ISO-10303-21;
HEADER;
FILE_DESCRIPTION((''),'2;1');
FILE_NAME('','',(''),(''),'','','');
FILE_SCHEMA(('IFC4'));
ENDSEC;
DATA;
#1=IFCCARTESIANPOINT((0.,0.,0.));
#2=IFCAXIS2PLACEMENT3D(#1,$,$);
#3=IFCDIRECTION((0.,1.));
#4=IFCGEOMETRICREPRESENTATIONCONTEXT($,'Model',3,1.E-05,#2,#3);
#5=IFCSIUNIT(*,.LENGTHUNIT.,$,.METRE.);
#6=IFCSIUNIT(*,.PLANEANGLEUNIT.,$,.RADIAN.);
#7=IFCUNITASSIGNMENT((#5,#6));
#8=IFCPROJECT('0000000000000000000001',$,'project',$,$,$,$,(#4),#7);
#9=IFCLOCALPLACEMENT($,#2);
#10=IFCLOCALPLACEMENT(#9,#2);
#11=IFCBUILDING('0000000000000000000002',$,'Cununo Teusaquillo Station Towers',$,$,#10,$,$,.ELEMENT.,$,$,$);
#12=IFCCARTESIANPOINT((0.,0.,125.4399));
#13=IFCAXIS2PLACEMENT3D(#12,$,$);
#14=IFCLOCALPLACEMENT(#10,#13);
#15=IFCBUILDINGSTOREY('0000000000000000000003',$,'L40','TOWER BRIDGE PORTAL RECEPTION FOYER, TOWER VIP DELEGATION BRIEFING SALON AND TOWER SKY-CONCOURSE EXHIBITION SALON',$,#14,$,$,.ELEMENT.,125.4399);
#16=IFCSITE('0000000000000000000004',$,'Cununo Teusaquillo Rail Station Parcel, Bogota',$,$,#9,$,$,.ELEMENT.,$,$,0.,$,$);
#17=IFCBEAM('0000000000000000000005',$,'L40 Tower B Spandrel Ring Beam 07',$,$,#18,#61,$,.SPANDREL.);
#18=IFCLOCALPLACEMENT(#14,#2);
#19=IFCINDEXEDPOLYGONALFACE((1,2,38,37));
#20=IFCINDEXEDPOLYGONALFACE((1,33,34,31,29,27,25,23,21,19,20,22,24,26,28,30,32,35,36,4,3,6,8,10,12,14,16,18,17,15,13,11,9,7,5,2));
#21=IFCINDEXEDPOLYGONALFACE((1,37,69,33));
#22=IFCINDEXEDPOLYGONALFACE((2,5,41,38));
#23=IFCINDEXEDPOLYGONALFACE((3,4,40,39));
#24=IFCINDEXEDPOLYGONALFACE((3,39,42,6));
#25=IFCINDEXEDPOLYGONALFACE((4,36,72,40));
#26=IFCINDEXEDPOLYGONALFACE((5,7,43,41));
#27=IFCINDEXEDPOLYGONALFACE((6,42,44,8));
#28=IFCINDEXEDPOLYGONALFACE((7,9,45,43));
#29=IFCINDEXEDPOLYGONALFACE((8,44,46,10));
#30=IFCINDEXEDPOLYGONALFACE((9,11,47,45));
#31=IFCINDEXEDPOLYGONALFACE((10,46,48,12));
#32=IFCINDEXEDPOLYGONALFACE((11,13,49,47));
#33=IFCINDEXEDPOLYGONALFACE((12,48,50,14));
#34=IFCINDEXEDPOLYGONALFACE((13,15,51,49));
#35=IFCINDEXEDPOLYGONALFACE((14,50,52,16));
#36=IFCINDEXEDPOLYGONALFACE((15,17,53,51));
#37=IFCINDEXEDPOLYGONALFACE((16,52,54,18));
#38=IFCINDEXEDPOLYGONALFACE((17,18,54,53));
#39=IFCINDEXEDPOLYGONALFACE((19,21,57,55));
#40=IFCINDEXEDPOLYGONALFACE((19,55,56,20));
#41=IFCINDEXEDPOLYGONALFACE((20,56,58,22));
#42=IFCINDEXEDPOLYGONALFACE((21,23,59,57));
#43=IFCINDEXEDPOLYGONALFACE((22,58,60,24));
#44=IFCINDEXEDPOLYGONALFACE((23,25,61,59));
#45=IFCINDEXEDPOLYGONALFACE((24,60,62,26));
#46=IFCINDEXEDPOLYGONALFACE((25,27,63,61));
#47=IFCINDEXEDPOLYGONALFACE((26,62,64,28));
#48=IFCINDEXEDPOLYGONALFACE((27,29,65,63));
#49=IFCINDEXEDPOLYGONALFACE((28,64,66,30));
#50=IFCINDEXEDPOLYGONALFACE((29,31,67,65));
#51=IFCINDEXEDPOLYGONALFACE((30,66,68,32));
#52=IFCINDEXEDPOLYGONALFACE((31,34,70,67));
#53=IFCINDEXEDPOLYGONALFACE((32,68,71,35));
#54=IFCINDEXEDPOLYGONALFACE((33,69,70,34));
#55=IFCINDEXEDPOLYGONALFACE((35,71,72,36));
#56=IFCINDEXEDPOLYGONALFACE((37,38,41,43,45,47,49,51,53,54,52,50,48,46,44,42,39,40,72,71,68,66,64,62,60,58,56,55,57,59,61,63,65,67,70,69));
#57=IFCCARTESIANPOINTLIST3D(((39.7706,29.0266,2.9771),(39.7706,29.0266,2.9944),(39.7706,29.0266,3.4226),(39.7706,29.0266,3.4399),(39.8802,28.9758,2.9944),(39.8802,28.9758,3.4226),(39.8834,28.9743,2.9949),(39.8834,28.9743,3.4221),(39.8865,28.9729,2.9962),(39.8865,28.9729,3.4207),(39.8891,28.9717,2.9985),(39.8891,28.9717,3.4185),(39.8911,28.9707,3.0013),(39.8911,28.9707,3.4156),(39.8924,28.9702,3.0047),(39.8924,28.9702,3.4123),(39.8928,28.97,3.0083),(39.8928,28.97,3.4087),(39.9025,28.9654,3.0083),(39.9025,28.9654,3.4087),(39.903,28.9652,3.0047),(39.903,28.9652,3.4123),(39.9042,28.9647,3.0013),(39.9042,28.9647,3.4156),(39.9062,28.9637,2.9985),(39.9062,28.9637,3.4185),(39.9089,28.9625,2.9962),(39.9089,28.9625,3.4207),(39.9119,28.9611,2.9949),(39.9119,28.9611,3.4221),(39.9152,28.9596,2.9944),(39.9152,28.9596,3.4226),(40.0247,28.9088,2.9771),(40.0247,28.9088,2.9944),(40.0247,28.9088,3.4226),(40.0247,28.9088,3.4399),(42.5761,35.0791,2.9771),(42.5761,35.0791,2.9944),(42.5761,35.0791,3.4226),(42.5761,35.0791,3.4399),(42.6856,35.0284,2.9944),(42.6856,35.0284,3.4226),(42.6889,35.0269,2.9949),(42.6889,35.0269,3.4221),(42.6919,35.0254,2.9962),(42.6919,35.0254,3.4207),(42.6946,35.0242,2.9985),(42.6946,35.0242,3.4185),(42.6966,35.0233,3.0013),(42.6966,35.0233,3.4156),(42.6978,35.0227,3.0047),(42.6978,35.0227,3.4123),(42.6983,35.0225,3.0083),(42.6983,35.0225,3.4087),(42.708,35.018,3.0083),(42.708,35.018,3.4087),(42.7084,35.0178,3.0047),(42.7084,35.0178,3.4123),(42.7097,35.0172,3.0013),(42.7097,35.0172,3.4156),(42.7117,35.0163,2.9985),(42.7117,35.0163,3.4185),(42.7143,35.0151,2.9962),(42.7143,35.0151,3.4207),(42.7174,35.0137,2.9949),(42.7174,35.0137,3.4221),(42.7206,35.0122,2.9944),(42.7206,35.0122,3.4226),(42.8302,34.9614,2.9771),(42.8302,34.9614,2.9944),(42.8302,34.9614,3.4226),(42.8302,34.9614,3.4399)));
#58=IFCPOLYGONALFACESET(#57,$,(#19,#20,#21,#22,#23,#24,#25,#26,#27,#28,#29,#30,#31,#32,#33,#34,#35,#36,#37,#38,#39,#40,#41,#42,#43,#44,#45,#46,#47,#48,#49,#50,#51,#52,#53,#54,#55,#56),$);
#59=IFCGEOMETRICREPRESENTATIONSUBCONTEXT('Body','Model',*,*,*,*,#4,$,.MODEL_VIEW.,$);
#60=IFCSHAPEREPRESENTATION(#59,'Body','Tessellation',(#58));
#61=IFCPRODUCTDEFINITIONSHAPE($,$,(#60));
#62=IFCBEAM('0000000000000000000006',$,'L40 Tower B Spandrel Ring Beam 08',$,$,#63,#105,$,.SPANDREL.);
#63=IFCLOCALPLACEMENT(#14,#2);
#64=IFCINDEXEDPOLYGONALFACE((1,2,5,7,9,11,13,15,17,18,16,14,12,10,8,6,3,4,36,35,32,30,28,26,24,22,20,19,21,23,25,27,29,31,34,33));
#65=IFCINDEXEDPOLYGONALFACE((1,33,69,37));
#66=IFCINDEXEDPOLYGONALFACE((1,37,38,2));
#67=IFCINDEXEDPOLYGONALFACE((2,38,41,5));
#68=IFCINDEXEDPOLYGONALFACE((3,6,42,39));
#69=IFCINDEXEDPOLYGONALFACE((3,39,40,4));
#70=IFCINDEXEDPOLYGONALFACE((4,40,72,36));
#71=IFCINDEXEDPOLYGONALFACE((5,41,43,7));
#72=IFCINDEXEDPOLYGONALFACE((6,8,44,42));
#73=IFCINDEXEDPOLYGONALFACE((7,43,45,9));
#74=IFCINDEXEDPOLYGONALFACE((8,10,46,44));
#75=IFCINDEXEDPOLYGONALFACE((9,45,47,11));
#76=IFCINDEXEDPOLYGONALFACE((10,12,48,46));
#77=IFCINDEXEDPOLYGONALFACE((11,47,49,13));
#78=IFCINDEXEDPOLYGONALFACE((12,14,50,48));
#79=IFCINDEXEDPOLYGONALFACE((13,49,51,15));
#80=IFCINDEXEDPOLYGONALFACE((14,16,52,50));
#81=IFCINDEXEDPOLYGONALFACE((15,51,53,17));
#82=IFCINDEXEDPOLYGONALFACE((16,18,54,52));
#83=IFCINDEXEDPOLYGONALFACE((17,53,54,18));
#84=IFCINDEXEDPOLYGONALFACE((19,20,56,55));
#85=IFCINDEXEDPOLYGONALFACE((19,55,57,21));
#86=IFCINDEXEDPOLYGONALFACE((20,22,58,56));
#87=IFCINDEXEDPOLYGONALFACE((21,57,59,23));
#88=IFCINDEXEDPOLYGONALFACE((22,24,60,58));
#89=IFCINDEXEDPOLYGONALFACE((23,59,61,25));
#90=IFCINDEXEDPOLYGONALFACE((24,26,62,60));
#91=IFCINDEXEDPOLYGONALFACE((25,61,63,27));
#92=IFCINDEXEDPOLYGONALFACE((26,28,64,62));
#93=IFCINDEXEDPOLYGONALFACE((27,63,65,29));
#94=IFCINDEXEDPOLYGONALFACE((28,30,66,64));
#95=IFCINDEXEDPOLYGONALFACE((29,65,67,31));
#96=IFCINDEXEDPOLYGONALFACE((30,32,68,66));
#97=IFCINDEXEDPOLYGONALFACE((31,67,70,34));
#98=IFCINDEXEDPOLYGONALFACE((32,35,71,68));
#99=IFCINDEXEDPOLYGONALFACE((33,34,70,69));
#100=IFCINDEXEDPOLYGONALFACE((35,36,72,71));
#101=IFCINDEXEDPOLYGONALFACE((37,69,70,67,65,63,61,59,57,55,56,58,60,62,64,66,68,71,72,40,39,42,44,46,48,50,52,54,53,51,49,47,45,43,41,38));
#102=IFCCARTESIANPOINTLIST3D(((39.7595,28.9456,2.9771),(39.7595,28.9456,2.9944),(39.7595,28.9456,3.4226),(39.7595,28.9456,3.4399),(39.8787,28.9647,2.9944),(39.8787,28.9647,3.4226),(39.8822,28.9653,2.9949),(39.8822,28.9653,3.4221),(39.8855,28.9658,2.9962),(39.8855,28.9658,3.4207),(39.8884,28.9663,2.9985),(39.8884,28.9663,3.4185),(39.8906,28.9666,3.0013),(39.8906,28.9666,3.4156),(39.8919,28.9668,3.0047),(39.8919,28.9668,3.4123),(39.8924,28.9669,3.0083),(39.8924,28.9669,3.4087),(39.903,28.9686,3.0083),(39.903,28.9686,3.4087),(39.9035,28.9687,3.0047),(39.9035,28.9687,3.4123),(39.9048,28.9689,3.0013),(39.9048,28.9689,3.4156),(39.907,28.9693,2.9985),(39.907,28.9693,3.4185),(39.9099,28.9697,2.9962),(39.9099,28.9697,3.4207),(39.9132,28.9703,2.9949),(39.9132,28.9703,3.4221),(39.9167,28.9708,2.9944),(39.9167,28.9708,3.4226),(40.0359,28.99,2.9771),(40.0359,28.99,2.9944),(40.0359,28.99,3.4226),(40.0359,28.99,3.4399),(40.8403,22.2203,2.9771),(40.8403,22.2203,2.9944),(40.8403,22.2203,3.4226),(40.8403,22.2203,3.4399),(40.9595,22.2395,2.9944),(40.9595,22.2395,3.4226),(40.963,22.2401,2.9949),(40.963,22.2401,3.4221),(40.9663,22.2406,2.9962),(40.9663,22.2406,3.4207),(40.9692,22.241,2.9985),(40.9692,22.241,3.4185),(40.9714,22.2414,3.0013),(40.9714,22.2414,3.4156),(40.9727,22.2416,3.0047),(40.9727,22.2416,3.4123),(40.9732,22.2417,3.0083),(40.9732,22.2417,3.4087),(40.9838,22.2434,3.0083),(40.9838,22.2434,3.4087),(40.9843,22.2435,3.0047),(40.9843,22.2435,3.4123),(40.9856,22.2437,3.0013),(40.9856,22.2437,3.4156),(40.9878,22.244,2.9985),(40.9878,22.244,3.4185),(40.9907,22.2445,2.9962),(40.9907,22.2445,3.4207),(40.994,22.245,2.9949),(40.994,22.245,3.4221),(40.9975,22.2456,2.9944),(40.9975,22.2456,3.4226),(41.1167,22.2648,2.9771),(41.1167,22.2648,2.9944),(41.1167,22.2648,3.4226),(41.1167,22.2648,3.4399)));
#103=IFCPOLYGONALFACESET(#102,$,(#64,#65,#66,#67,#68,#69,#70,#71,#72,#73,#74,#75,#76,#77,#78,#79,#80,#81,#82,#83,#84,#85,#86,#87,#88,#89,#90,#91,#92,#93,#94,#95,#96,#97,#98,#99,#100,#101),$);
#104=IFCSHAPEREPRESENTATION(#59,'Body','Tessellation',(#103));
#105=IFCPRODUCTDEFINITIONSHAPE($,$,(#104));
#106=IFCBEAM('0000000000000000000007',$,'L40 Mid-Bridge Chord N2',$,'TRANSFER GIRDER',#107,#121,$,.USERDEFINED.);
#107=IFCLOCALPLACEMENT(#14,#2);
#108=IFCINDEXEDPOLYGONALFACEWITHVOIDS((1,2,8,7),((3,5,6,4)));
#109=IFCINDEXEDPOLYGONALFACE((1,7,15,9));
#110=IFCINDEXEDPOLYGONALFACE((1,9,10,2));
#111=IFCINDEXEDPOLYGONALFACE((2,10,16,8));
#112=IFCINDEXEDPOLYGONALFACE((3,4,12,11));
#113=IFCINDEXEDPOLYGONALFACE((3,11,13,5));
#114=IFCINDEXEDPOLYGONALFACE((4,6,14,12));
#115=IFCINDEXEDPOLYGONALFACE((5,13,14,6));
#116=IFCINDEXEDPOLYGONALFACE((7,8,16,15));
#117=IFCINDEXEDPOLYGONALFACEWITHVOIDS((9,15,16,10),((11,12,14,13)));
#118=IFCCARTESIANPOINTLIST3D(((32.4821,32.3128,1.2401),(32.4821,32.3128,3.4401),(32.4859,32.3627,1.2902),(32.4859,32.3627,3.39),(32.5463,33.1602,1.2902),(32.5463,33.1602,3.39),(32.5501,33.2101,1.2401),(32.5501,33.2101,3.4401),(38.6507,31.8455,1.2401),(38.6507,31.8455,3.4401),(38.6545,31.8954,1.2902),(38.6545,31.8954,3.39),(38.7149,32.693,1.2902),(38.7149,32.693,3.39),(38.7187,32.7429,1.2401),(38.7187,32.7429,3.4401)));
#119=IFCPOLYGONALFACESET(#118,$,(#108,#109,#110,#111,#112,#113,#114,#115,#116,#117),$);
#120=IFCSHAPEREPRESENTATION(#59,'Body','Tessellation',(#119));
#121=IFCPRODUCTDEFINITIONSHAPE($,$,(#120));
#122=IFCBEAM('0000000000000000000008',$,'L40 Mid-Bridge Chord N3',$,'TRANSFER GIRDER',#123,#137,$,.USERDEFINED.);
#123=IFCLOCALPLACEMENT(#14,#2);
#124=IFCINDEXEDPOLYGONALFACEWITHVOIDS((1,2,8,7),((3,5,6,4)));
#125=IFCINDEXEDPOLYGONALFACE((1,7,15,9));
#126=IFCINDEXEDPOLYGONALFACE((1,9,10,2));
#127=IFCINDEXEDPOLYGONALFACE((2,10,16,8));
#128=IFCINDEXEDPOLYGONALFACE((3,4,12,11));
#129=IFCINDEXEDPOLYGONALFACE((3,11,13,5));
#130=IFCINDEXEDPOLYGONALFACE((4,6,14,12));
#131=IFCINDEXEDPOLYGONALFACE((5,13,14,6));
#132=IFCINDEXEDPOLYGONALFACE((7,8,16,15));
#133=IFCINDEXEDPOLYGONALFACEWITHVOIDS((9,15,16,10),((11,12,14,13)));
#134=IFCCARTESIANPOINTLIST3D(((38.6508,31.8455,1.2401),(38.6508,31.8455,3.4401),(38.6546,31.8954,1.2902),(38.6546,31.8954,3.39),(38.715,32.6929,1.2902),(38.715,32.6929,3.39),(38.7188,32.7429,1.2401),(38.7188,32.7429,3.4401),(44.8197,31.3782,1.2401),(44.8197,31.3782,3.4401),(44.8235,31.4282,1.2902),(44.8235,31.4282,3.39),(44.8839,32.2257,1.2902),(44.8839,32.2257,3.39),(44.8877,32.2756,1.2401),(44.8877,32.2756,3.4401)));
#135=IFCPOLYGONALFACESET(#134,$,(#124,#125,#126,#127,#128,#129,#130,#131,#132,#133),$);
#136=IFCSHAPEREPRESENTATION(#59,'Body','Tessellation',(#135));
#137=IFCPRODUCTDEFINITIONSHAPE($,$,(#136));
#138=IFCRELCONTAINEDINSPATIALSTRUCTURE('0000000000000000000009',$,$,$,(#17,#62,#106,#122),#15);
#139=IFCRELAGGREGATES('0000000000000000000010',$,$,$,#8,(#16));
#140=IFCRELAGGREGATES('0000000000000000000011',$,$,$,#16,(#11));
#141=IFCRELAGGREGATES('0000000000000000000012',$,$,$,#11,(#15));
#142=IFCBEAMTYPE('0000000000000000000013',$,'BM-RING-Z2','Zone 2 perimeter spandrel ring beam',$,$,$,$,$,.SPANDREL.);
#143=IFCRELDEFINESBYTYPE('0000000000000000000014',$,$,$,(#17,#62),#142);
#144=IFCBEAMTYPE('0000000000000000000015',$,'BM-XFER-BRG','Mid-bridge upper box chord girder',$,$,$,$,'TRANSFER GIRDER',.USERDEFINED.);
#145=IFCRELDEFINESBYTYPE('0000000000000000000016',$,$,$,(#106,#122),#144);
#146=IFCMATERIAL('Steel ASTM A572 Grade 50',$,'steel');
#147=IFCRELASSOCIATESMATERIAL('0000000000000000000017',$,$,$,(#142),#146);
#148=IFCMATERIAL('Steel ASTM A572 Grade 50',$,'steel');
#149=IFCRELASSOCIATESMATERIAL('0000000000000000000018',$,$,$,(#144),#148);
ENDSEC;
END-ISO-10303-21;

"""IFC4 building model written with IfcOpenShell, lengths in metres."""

from ifc_helpers import new_model, si_unit, direction, frame, origin, origin_2d, place, context, subcontext, project, spatial, hollow_rectangle, i_section, extrude, material, material_profile, profile_set, type_object, element, save


model = new_model("IFC4")

# Units and contexts
model_context = context("Model", 3, precision=1e-05, world=origin(), true_north=direction((0.0, 1.0)))
body_context = subcontext(model_context, "Body", "Model", "MODEL_VIEW")
ifc_project = project(units=[si_unit("LENGTHUNIT", "METRE"), si_unit("PLANEANGLEUNIT", "RADIAN")], contexts=[model_context])

# Site, building, storey
site_placement = place(None, origin())
site = spatial("IfcSite", under=ifc_project, at=site_placement, Name="Cununo Teusaquillo Rail Station Parcel, Bogota", CompositionType="ELEMENT", RefElevation=0.0)
building_placement = place(site_placement, origin())
building = spatial("IfcBuilding", under=site, at=building_placement, Name="Cununo Teusaquillo Station Towers", CompositionType="ELEMENT")
storey_placement = place(building_placement, frame((0.0, 0.0, 125.4399)))
storey = spatial("IfcBuildingStorey", under=building, at=storey_placement, Name="L40", Description="TOWER BRIDGE PORTAL RECEPTION FOYER, TOWER VIP DELEGATION BRIEFING SALON AND TOWER SKY-CONCOURSE EXHIBITION SALON", CompositionType="ELEMENT", Elevation=125.4399)

# Beams
ifc_material_1 = material(Name="Steel ASTM A572 Grade 50", Category="steel")
ifc_material_profile_1 = material_profile(ifc_material_1, i_section(OverallWidth=0.28, OverallDepth=0.4629, WebThickness=0.0107, FlangeThickness=0.0173, FilletRadius=0.0139, at=origin_2d()), Name="W18X76")
ifc_profile_set_1 = profile_set([ifc_material_profile_1], Name="Steel ASTM A572 Grade 50")
beam_type_1 = type_object("IfcBeamType", Name="BM-RING-Z2", Description="Zone 2 perimeter spandrel ring beam", PredefinedType="SPANDREL", material=ifc_profile_set_1)
beam_1_placement = place(storey_placement, frame((42.7031, 35.0203, 3.2085), z_axis=(-0.420536, -0.907276, 0.0), x_axis=(0.907276, -0.420536, 0.0)))
element("IfcBeam", 1, at=beam_1_placement, inside=storey, type_object=beam_type_1, Name="L40 Tower B Spandrel Ring Beam 07", PredefinedType="SPANDREL", context=body_context, shape_type="SweptSolid", body=[
    extrude(i_section(OverallWidth=0.28, OverallDepth=0.4629, WebThickness=0.0107, FlangeThickness=0.0173, FilletRadius=0.0139, at=origin_2d()), origin(), (0.0, 0.0, 1.0), 6.6711),
])
beam_2_placement = place(storey_placement, frame((39.8977, 28.9678, 3.2085), z_axis=(0.158671, -0.987331, 0.0), x_axis=(0.987331, 0.158671, 0.0)))
element("IfcBeam", 2, at=beam_2_placement, inside=storey, type_object=beam_type_1, Name="L40 Tower B Spandrel Ring Beam 08", PredefinedType="SPANDREL", context=body_context, shape_type="SweptSolid", body=[
    extrude(i_section(OverallWidth=0.28, OverallDepth=0.4629, WebThickness=0.0107, FlangeThickness=0.0173, FilletRadius=0.0139, at=origin_2d()), origin(), (0.0, 0.0, 1.0), 6.8115),
])
ifc_material_2 = material(Name="Steel ASTM A572 Grade 50", Category="steel")
ifc_material_profile_2 = material_profile(ifc_material_2, hollow_rectangle(XDim=0.8999, YDim=2.2, WallThickness=0.05, at=origin_2d()), Name="BOX 2200x900x50")
ifc_profile_set_2 = profile_set([ifc_material_profile_2], Name="Steel ASTM A572 Grade 50")
beam_type_2 = type_object("IfcBeamType", Name="BM-XFER-BRG", Description="Mid-bridge upper box chord girder", ElementType="TRANSFER GIRDER", PredefinedType="USERDEFINED", material=ifc_profile_set_2)
beam_3_placement = place(storey_placement, frame((32.5161, 32.7615, 2.3401), z_axis=(0.997143, -0.075535, 0.0), x_axis=(0.075535, 0.997143, 0.0)))
element("IfcBeam", 3, at=beam_3_placement, inside=storey, type_object=beam_type_2, Name="L40 Mid-Bridge Chord N2", ObjectType="TRANSFER GIRDER", PredefinedType="USERDEFINED", context=body_context, shape_type="SweptSolid", body=[
    extrude(hollow_rectangle(XDim=0.8999, YDim=2.2, WallThickness=0.05, at=origin_2d()), origin(), (0.0, 0.0, 1.0), 6.1863),
])
beam_4_placement = place(storey_placement, frame((38.6848, 32.2942, 2.3401), z_axis=(0.997143, -0.075532, 0.0), x_axis=(0.075532, 0.997143, 0.0)))
element("IfcBeam", 4, at=beam_4_placement, inside=storey, type_object=beam_type_2, Name="L40 Mid-Bridge Chord N3", ObjectType="TRANSFER GIRDER", PredefinedType="USERDEFINED", context=body_context, shape_type="SweptSolid", body=[
    extrude(hollow_rectangle(XDim=0.8999, YDim=2.2, WallThickness=0.05, at=origin_2d()), origin(), (0.0, 0.0, 1.0), 6.1865),
])

save(model, "model.ifc")
